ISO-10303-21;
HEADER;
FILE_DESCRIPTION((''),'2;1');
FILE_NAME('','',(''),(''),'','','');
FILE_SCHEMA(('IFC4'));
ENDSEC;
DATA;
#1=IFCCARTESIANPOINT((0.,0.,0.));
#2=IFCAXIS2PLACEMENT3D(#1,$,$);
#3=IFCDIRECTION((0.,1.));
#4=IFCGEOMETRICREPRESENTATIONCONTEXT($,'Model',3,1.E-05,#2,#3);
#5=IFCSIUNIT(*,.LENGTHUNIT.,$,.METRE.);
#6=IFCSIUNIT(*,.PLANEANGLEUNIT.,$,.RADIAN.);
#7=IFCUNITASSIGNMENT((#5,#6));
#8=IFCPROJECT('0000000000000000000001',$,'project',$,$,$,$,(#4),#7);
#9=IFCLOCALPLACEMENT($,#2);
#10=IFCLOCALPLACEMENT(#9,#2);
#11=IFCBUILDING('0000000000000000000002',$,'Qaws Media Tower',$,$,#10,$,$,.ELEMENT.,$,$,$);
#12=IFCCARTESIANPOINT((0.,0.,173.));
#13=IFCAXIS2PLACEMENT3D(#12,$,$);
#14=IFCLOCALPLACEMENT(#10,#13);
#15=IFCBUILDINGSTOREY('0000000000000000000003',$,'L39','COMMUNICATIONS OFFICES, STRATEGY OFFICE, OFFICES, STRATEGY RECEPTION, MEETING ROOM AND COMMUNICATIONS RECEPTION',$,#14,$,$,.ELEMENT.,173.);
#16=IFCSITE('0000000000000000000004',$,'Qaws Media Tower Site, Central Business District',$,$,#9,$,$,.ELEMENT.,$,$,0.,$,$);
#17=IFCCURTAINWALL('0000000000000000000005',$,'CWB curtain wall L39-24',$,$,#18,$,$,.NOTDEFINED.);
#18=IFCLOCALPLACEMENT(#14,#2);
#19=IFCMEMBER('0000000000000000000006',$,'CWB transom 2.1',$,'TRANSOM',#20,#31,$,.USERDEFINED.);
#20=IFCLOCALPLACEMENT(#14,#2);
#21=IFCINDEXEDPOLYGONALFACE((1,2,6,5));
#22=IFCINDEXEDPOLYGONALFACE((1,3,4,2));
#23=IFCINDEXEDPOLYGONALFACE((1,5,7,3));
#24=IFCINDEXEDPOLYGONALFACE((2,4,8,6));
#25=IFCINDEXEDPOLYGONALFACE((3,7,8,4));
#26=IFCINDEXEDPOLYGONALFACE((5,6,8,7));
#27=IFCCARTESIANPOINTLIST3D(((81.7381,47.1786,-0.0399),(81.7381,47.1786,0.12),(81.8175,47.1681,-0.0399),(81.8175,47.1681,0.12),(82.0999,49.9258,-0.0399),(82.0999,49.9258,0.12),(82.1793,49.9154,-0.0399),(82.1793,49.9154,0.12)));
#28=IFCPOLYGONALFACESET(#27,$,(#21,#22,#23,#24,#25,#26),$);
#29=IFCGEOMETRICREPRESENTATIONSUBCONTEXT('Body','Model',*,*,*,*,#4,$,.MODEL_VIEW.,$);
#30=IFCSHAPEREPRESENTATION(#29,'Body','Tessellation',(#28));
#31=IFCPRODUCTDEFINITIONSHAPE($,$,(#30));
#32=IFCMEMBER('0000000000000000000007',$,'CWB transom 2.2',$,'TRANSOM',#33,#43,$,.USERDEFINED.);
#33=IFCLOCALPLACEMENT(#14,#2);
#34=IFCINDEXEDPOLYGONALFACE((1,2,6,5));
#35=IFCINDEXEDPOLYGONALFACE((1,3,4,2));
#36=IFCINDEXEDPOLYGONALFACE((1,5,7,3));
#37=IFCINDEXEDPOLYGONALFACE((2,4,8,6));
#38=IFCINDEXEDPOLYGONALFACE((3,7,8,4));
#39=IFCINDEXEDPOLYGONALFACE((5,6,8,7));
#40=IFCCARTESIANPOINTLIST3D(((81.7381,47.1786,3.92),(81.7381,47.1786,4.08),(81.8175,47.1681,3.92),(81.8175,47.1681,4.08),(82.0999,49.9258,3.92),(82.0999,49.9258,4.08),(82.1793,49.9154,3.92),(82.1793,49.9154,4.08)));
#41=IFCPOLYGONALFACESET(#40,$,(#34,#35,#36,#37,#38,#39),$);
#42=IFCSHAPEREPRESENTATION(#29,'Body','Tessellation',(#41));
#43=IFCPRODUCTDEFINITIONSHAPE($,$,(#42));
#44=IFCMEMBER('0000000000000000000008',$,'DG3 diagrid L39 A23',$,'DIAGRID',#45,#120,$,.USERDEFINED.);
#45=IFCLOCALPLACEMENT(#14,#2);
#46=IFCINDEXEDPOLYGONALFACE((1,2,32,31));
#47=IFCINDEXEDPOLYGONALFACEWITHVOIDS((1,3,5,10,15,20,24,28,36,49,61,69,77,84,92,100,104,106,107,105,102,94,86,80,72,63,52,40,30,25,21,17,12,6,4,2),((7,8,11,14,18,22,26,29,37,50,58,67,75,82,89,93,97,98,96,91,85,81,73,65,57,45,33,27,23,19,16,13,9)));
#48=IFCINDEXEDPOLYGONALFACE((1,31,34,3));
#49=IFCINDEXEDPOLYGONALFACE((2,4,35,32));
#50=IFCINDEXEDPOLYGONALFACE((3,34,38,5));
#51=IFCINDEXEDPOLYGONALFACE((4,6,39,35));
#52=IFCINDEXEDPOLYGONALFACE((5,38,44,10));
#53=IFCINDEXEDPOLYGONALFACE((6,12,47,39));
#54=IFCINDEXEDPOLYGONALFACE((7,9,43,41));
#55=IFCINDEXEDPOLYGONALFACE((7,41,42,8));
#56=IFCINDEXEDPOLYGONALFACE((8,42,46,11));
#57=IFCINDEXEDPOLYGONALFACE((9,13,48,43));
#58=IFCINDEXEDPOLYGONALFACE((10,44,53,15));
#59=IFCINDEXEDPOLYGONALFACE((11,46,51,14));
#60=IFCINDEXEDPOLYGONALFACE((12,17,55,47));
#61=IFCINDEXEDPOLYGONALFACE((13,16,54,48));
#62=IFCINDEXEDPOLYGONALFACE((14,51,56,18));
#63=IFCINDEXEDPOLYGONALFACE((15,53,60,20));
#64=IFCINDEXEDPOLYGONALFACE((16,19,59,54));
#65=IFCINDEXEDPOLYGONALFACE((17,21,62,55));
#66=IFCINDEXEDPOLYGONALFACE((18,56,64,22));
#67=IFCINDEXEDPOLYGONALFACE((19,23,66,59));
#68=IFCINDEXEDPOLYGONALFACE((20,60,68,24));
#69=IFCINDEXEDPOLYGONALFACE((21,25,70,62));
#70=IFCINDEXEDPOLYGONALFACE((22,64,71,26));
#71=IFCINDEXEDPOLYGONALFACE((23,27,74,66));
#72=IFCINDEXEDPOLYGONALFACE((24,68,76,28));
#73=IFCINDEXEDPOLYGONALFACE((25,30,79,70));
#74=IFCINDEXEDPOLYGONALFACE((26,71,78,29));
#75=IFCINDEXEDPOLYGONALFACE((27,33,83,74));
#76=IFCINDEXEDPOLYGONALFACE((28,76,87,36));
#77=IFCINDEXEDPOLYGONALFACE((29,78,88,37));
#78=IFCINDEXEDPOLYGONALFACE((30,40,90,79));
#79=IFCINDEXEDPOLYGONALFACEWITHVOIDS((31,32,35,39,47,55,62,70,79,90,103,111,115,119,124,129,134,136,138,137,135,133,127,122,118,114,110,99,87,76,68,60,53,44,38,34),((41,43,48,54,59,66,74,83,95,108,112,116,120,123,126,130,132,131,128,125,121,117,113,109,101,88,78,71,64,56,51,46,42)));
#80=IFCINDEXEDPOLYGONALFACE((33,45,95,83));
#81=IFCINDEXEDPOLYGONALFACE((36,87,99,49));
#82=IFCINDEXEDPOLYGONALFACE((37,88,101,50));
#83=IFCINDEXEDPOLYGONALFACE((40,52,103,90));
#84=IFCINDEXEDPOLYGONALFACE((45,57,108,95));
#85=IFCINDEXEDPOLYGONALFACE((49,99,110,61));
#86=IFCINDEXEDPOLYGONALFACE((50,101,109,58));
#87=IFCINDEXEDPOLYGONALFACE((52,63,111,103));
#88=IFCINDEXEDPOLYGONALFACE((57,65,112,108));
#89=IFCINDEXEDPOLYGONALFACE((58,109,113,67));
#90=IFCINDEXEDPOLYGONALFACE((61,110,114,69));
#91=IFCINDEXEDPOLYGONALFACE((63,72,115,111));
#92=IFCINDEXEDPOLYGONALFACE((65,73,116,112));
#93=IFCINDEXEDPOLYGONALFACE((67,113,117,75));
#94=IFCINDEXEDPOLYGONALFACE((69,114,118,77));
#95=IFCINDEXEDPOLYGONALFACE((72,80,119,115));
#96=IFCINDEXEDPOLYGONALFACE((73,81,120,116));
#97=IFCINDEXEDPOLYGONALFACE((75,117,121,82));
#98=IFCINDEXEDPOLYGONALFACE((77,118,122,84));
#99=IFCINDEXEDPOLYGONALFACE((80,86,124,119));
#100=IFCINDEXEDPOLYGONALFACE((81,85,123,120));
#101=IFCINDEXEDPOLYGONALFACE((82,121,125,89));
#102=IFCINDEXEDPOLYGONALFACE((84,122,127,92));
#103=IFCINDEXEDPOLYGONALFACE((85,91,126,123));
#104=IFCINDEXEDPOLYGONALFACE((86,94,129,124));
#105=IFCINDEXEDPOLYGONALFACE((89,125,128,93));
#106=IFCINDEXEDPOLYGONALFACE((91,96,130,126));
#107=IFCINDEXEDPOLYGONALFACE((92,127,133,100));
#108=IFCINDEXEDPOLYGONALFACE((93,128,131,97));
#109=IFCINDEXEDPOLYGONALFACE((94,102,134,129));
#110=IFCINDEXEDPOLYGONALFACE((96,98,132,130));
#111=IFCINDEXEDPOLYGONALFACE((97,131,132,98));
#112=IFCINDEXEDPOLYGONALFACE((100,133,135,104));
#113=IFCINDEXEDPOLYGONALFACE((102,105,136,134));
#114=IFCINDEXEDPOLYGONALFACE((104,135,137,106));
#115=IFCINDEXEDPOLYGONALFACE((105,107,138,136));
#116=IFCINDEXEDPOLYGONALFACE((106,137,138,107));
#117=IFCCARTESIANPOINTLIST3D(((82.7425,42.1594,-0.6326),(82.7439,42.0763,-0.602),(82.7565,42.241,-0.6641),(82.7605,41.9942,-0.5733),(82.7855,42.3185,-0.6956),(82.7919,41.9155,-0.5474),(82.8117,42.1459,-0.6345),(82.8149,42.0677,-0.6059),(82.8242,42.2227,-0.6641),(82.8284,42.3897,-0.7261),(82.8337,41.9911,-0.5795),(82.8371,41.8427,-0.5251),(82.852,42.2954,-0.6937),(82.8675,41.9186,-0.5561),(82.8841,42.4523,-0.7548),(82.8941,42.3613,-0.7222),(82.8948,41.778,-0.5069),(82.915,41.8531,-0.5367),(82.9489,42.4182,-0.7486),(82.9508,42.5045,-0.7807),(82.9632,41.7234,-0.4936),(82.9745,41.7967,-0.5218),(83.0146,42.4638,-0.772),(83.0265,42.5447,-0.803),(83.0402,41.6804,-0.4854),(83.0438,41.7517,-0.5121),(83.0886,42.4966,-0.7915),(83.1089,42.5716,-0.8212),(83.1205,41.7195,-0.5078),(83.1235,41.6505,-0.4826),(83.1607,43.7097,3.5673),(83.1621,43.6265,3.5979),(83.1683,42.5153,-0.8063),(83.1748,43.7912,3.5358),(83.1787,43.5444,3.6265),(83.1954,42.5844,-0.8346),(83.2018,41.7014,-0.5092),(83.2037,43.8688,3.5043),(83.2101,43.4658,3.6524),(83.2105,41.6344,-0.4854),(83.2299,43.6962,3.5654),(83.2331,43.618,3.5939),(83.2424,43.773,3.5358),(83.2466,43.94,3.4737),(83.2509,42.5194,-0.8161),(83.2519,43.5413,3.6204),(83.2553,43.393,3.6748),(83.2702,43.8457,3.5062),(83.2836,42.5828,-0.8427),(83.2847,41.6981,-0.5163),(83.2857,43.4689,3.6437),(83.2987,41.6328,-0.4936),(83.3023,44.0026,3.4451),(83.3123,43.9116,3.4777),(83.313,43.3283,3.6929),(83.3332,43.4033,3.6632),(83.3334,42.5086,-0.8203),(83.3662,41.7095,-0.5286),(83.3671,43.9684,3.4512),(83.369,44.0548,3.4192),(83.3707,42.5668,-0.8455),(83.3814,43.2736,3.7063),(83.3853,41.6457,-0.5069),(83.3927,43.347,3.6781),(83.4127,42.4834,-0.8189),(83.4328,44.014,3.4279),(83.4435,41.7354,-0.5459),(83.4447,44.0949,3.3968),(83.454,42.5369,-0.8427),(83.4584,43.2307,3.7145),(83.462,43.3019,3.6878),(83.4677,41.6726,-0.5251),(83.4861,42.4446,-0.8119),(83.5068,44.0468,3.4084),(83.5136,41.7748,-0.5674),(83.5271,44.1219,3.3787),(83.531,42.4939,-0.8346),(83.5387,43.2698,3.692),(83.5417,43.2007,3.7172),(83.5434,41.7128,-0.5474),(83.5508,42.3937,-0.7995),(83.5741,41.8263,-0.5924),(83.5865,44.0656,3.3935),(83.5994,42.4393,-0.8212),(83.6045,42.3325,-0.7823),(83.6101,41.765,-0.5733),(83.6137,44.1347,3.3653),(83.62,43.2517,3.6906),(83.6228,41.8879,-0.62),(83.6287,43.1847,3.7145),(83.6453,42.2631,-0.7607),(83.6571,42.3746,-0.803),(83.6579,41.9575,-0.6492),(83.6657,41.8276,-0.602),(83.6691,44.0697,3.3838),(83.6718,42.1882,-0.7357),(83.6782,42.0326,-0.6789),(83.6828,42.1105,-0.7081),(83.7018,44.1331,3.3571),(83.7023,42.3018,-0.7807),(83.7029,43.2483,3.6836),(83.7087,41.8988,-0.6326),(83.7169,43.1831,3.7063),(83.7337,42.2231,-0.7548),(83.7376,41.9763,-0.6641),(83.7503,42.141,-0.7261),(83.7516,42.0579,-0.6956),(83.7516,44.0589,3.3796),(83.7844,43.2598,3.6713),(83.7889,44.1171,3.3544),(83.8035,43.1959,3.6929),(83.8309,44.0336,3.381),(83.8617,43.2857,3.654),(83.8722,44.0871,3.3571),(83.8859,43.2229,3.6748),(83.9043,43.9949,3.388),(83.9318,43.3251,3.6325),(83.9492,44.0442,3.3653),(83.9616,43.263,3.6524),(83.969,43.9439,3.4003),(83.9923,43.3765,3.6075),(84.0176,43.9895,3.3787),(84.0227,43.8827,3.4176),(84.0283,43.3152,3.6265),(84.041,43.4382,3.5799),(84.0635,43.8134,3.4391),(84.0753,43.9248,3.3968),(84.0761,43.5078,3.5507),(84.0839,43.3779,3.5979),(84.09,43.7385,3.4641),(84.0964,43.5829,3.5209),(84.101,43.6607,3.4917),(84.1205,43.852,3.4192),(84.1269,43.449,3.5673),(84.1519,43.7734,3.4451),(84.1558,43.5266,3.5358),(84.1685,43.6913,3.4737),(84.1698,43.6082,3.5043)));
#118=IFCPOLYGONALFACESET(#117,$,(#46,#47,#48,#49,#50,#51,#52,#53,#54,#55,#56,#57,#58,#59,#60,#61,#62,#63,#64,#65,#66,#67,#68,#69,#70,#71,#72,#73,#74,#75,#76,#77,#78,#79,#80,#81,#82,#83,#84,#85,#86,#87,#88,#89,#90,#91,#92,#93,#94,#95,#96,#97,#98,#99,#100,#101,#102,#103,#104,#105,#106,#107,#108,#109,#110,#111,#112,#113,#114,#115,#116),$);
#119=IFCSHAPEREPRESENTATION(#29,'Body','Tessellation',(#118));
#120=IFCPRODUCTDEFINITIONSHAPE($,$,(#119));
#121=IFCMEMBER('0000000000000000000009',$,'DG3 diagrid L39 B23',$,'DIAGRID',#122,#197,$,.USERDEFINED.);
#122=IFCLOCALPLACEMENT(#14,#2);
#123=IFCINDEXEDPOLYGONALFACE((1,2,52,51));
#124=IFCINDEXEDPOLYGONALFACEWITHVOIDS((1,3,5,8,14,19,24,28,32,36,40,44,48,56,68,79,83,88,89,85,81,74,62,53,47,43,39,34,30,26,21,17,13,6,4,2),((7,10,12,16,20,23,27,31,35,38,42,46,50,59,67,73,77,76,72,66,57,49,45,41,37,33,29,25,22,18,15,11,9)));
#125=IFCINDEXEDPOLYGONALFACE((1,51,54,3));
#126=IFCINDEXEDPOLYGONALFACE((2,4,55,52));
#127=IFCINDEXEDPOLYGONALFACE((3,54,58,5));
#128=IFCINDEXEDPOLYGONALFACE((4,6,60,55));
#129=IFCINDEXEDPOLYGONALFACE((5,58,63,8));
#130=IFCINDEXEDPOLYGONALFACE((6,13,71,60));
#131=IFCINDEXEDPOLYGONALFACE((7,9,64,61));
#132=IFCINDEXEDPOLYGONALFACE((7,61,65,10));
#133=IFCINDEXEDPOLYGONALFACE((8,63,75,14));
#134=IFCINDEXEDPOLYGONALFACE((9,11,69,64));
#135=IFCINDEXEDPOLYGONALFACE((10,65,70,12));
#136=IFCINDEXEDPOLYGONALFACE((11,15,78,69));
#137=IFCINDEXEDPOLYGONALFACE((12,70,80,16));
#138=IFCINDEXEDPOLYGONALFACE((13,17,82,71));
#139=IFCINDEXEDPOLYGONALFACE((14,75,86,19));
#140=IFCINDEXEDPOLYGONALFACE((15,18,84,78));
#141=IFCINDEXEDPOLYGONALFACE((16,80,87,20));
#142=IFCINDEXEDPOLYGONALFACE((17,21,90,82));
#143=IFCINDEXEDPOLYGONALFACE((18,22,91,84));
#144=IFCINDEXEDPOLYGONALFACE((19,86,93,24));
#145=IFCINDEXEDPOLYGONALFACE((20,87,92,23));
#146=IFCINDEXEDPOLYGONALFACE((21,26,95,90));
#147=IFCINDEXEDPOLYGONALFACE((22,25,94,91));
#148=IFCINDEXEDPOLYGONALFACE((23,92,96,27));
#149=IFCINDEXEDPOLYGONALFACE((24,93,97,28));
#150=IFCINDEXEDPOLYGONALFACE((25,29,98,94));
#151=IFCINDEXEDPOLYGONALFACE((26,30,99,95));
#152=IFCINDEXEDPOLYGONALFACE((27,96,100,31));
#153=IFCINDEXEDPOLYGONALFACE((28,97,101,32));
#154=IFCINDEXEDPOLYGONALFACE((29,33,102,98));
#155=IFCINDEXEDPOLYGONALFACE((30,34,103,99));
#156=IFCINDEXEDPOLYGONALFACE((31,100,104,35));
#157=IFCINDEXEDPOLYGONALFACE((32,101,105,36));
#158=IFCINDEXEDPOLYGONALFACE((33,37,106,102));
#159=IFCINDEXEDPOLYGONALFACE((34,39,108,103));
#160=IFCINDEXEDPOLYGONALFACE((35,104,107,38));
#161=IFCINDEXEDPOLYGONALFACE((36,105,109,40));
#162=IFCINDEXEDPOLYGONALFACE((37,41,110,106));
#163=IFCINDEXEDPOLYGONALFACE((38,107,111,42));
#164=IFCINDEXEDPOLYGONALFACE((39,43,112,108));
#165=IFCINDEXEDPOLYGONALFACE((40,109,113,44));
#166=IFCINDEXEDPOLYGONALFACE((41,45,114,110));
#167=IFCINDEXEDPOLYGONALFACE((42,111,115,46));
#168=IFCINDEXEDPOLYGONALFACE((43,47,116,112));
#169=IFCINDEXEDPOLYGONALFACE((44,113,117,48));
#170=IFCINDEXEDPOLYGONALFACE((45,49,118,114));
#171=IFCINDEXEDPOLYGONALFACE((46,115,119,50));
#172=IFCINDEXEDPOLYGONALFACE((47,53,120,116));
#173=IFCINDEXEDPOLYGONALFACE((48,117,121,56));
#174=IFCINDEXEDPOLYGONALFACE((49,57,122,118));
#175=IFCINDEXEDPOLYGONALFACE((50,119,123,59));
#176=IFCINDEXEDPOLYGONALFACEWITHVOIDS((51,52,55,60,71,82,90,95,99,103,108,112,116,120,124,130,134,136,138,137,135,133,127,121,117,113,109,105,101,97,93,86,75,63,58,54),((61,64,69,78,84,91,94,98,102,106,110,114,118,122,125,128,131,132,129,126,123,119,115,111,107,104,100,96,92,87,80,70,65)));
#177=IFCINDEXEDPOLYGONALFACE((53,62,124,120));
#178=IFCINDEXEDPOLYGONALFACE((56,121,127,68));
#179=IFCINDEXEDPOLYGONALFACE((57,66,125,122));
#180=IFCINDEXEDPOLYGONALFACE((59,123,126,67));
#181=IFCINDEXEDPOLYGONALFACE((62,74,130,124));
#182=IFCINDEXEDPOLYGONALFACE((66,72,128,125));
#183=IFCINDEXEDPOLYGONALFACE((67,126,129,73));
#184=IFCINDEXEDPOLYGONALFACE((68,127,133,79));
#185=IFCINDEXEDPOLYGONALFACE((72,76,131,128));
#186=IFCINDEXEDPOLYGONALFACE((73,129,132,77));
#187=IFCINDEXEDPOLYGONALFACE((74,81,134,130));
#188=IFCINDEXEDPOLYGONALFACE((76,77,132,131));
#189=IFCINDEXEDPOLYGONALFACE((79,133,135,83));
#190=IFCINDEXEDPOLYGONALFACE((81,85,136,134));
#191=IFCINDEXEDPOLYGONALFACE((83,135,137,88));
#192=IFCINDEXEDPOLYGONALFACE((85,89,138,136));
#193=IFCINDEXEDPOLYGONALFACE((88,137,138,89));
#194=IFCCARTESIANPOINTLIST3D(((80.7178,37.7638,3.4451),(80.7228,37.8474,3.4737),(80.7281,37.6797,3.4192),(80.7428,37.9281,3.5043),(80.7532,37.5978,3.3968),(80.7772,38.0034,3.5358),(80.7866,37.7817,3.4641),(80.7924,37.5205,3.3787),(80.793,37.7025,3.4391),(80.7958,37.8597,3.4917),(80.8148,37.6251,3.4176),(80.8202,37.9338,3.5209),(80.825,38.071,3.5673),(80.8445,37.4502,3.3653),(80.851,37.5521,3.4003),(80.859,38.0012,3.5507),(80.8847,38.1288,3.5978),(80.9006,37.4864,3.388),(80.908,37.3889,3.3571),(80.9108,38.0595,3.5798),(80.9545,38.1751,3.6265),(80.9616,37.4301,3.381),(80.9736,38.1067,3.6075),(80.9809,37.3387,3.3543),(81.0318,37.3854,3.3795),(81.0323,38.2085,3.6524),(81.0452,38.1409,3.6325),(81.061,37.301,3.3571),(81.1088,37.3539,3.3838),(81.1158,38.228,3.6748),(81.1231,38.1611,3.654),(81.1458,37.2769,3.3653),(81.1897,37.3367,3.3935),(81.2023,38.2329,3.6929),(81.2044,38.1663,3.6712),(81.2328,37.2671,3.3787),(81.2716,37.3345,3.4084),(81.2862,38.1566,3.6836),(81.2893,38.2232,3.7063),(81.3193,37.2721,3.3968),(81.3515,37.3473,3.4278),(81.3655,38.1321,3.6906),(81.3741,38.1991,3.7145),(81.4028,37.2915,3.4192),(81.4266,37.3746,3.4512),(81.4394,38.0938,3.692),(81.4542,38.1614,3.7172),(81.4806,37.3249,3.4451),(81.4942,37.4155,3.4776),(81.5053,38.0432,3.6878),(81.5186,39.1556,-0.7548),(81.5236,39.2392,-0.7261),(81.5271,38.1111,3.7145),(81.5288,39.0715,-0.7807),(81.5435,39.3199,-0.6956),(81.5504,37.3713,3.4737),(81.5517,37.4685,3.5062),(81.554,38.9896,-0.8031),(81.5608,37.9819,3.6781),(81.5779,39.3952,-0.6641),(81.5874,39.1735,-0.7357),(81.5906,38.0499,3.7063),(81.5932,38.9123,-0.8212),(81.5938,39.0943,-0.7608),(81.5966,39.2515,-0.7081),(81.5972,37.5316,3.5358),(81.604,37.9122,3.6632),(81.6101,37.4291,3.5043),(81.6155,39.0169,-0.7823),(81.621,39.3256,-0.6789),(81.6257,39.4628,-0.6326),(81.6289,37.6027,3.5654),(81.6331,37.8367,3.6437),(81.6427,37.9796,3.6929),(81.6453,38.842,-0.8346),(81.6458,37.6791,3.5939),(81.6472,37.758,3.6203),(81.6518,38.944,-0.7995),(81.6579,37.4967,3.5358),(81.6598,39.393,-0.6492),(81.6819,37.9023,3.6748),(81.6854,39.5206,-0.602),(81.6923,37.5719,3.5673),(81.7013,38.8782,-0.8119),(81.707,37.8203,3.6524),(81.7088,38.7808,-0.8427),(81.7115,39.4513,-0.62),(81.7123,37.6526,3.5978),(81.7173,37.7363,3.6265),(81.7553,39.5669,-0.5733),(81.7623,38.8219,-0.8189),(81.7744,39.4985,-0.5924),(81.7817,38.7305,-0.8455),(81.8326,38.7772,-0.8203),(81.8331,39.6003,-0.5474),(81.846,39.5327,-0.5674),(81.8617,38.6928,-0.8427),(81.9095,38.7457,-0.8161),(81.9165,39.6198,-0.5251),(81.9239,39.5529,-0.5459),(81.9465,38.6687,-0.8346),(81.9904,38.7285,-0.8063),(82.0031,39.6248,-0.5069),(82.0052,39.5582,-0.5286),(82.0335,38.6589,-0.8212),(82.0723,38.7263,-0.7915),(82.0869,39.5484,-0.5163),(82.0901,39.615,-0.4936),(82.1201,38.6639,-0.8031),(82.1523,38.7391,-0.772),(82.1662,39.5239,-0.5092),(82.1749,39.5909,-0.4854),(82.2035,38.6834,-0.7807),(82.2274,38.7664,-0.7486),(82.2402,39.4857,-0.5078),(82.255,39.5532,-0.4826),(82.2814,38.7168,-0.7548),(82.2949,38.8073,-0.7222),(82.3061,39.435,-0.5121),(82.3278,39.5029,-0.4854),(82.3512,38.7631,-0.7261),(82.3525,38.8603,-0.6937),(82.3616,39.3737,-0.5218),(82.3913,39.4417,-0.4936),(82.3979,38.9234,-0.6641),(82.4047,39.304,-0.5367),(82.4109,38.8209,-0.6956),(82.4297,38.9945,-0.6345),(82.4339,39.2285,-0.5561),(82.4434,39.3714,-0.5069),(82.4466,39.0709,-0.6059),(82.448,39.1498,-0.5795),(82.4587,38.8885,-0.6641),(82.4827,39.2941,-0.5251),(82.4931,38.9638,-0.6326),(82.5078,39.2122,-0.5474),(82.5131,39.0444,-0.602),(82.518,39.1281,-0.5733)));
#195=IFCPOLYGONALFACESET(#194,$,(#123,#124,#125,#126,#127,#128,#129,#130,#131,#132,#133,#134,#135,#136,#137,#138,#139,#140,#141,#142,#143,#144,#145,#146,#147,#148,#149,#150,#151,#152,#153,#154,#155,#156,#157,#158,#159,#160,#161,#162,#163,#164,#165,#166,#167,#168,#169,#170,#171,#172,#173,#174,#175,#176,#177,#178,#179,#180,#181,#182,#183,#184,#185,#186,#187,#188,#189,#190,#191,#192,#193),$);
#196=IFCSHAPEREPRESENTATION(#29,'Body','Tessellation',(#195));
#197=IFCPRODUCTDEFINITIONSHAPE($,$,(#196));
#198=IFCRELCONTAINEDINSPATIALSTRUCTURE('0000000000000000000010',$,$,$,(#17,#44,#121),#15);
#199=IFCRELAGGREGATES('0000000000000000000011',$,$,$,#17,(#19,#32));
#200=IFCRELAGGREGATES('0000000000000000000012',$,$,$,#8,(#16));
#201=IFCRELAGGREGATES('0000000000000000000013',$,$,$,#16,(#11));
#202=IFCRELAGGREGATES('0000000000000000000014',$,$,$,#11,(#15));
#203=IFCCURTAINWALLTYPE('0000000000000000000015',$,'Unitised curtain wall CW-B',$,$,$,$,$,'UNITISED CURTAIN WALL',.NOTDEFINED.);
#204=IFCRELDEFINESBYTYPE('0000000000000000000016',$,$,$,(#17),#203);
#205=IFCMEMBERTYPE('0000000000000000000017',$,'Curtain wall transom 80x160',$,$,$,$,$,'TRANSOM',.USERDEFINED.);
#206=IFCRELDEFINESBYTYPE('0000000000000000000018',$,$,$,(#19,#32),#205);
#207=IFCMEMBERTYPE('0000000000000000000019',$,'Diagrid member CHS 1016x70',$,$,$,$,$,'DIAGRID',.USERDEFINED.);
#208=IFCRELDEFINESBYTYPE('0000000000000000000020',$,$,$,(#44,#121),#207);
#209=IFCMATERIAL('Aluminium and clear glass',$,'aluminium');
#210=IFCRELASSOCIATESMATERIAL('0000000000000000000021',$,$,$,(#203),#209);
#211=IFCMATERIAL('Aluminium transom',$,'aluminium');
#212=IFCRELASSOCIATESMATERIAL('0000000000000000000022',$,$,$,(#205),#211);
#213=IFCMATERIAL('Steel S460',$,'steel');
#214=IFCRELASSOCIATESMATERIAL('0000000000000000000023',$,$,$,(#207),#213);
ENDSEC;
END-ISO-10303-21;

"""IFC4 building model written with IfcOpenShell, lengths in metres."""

from ifc_helpers import new_model, si_unit, direction, frame, origin, origin_2d, place, context, subcontext, project, spatial, rectangle, hollow_circle, extrude, material, material_profile, profile_set, type_object, element, aggregate, save


model = new_model("IFC4")

# Units and contexts
model_context = context("Model", 3, precision=1e-05, world=origin(), true_north=direction((0.0, 1.0)))
body_context = subcontext(model_context, "Body", "Model", "MODEL_VIEW")
ifc_project = project(units=[si_unit("LENGTHUNIT", "METRE"), si_unit("PLANEANGLEUNIT", "RADIAN")], contexts=[model_context])

# Site, building, storey
site_placement = place(None, origin())
site = spatial("IfcSite", under=ifc_project, at=site_placement, Name="Qaws Media Tower Site, Central Business District", CompositionType="ELEMENT", RefElevation=0.0)
building_placement = place(site_placement, origin())
building = spatial("IfcBuilding", under=site, at=building_placement, Name="Qaws Media Tower", CompositionType="ELEMENT")
storey_placement = place(building_placement, frame((0.0, 0.0, 173.0)))
storey = spatial("IfcBuildingStorey", under=building, at=storey_placement, Name="L39", Description="COMMUNICATIONS OFFICES, STRATEGY OFFICE, OFFICES, STRATEGY RECEPTION, MEETING ROOM AND COMMUNICATIONS RECEPTION", CompositionType="ELEMENT", Elevation=173.0)

# Curtain wall
ifc_material_1 = material(Name="Aluminium and clear glass", Category="aluminium")
curtain_wall_type = type_object("IfcCurtainWallType", Name="Unitised curtain wall CW-B", ElementType="UNITISED CURTAIN WALL", PredefinedType="NOTDEFINED", material=ifc_material_1)
curtain_wall_1_placement = place(storey_placement, origin())
curtain_wall_1 = element("IfcCurtainWall", 1, at=curtain_wall_1_placement, inside=storey, type_object=curtain_wall_type, Name="CWB curtain wall L39-24", PredefinedType="NOTDEFINED")

# Members
ifc_material_2 = material(Name="Aluminium transom", Category="aluminium")
ifc_material_profile_1 = material_profile(ifc_material_2, rectangle(XDim=0.0801, YDim=0.1599, at=origin_2d()), Name="80x160")
ifc_profile_set_1 = profile_set([ifc_material_profile_1], Name="Aluminium transom")
member_type_1 = type_object("IfcMemberType", Name="Curtain wall transom 80x160", ElementType="TRANSOM", PredefinedType="USERDEFINED", material=ifc_profile_set_1)
member_1_placement = place(storey_placement, frame((81.7778, 47.1733, 0.04), z_axis=(0.130571, 0.991439, 0.0), x_axis=(-0.991439, 0.130571, 0.0)))
member_1 = element("IfcMember", 2, at=member_1_placement, type_object=member_type_1, Name="CWB transom 2.1", ObjectType="TRANSOM", PredefinedType="USERDEFINED", context=body_context, shape_type="SweptSolid", body=[
    extrude(rectangle(XDim=0.0801, YDim=0.1599, at=origin_2d()), origin(), (0.0, 0.0, 1.0), 2.771),
])
member_2_placement = place(storey_placement, frame((81.7778, 47.1733, 4.0), z_axis=(0.130571, 0.991439, 0.0), x_axis=(-0.991439, 0.130571, 0.0)))
member_2 = element("IfcMember", 3, at=member_2_placement, type_object=member_type_1, Name="CWB transom 2.2", ObjectType="TRANSOM", PredefinedType="USERDEFINED", context=body_context, shape_type="SweptSolid", body=[
    extrude(rectangle(XDim=0.0801, YDim=0.1599, at=origin_2d()), origin(), (0.0, 0.0, 1.0), 2.771),
])

# Members
ifc_material_3 = material(Name="Steel S460", Category="steel")
ifc_material_profile_2 = material_profile(ifc_material_3, hollow_circle(Radius=0.5081, WallThickness=0.0701, at=origin_2d()), Name="CHS 1016x70")
ifc_profile_set_2 = profile_set([ifc_material_profile_2], Name="Steel S460")
member_type_2 = type_object("IfcMemberType", Name="Diagrid member CHS 1016x70", ElementType="DIAGRID", PredefinedType="USERDEFINED", material=ifc_profile_set_2)
for number, where, z_axis, x_axis, name in (
    (4, (83.2471, 42.1086, -0.6641), (0.09301, 0.344783, 0.934063), (-0.965486, 0.260453, 0.0), "DG3 diagrid L39 A23"),
    (5, (82.0183, 39.1418, -0.6641), (-0.178092, -0.309543, 0.934059), (0.86678, -0.498691, 0.0), "DG3 diagrid L39 B23"),
):
    element("IfcMember", number, at=place(storey_placement, frame(where, z_axis=z_axis, x_axis=x_axis)), inside=storey, type_object=member_type_2, Name=name, ObjectType="DIAGRID", PredefinedType="USERDEFINED", context=body_context, shape_type="SweptSolid", body=[
        extrude(hollow_circle(Radius=0.5081, WallThickness=0.0701, at=origin_2d()), origin(), (0.0, 0.0, 1.0), 4.4963),
    ])

aggregate(curtain_wall_1, [member_1, member_2])

save(model, "model.ifc")
